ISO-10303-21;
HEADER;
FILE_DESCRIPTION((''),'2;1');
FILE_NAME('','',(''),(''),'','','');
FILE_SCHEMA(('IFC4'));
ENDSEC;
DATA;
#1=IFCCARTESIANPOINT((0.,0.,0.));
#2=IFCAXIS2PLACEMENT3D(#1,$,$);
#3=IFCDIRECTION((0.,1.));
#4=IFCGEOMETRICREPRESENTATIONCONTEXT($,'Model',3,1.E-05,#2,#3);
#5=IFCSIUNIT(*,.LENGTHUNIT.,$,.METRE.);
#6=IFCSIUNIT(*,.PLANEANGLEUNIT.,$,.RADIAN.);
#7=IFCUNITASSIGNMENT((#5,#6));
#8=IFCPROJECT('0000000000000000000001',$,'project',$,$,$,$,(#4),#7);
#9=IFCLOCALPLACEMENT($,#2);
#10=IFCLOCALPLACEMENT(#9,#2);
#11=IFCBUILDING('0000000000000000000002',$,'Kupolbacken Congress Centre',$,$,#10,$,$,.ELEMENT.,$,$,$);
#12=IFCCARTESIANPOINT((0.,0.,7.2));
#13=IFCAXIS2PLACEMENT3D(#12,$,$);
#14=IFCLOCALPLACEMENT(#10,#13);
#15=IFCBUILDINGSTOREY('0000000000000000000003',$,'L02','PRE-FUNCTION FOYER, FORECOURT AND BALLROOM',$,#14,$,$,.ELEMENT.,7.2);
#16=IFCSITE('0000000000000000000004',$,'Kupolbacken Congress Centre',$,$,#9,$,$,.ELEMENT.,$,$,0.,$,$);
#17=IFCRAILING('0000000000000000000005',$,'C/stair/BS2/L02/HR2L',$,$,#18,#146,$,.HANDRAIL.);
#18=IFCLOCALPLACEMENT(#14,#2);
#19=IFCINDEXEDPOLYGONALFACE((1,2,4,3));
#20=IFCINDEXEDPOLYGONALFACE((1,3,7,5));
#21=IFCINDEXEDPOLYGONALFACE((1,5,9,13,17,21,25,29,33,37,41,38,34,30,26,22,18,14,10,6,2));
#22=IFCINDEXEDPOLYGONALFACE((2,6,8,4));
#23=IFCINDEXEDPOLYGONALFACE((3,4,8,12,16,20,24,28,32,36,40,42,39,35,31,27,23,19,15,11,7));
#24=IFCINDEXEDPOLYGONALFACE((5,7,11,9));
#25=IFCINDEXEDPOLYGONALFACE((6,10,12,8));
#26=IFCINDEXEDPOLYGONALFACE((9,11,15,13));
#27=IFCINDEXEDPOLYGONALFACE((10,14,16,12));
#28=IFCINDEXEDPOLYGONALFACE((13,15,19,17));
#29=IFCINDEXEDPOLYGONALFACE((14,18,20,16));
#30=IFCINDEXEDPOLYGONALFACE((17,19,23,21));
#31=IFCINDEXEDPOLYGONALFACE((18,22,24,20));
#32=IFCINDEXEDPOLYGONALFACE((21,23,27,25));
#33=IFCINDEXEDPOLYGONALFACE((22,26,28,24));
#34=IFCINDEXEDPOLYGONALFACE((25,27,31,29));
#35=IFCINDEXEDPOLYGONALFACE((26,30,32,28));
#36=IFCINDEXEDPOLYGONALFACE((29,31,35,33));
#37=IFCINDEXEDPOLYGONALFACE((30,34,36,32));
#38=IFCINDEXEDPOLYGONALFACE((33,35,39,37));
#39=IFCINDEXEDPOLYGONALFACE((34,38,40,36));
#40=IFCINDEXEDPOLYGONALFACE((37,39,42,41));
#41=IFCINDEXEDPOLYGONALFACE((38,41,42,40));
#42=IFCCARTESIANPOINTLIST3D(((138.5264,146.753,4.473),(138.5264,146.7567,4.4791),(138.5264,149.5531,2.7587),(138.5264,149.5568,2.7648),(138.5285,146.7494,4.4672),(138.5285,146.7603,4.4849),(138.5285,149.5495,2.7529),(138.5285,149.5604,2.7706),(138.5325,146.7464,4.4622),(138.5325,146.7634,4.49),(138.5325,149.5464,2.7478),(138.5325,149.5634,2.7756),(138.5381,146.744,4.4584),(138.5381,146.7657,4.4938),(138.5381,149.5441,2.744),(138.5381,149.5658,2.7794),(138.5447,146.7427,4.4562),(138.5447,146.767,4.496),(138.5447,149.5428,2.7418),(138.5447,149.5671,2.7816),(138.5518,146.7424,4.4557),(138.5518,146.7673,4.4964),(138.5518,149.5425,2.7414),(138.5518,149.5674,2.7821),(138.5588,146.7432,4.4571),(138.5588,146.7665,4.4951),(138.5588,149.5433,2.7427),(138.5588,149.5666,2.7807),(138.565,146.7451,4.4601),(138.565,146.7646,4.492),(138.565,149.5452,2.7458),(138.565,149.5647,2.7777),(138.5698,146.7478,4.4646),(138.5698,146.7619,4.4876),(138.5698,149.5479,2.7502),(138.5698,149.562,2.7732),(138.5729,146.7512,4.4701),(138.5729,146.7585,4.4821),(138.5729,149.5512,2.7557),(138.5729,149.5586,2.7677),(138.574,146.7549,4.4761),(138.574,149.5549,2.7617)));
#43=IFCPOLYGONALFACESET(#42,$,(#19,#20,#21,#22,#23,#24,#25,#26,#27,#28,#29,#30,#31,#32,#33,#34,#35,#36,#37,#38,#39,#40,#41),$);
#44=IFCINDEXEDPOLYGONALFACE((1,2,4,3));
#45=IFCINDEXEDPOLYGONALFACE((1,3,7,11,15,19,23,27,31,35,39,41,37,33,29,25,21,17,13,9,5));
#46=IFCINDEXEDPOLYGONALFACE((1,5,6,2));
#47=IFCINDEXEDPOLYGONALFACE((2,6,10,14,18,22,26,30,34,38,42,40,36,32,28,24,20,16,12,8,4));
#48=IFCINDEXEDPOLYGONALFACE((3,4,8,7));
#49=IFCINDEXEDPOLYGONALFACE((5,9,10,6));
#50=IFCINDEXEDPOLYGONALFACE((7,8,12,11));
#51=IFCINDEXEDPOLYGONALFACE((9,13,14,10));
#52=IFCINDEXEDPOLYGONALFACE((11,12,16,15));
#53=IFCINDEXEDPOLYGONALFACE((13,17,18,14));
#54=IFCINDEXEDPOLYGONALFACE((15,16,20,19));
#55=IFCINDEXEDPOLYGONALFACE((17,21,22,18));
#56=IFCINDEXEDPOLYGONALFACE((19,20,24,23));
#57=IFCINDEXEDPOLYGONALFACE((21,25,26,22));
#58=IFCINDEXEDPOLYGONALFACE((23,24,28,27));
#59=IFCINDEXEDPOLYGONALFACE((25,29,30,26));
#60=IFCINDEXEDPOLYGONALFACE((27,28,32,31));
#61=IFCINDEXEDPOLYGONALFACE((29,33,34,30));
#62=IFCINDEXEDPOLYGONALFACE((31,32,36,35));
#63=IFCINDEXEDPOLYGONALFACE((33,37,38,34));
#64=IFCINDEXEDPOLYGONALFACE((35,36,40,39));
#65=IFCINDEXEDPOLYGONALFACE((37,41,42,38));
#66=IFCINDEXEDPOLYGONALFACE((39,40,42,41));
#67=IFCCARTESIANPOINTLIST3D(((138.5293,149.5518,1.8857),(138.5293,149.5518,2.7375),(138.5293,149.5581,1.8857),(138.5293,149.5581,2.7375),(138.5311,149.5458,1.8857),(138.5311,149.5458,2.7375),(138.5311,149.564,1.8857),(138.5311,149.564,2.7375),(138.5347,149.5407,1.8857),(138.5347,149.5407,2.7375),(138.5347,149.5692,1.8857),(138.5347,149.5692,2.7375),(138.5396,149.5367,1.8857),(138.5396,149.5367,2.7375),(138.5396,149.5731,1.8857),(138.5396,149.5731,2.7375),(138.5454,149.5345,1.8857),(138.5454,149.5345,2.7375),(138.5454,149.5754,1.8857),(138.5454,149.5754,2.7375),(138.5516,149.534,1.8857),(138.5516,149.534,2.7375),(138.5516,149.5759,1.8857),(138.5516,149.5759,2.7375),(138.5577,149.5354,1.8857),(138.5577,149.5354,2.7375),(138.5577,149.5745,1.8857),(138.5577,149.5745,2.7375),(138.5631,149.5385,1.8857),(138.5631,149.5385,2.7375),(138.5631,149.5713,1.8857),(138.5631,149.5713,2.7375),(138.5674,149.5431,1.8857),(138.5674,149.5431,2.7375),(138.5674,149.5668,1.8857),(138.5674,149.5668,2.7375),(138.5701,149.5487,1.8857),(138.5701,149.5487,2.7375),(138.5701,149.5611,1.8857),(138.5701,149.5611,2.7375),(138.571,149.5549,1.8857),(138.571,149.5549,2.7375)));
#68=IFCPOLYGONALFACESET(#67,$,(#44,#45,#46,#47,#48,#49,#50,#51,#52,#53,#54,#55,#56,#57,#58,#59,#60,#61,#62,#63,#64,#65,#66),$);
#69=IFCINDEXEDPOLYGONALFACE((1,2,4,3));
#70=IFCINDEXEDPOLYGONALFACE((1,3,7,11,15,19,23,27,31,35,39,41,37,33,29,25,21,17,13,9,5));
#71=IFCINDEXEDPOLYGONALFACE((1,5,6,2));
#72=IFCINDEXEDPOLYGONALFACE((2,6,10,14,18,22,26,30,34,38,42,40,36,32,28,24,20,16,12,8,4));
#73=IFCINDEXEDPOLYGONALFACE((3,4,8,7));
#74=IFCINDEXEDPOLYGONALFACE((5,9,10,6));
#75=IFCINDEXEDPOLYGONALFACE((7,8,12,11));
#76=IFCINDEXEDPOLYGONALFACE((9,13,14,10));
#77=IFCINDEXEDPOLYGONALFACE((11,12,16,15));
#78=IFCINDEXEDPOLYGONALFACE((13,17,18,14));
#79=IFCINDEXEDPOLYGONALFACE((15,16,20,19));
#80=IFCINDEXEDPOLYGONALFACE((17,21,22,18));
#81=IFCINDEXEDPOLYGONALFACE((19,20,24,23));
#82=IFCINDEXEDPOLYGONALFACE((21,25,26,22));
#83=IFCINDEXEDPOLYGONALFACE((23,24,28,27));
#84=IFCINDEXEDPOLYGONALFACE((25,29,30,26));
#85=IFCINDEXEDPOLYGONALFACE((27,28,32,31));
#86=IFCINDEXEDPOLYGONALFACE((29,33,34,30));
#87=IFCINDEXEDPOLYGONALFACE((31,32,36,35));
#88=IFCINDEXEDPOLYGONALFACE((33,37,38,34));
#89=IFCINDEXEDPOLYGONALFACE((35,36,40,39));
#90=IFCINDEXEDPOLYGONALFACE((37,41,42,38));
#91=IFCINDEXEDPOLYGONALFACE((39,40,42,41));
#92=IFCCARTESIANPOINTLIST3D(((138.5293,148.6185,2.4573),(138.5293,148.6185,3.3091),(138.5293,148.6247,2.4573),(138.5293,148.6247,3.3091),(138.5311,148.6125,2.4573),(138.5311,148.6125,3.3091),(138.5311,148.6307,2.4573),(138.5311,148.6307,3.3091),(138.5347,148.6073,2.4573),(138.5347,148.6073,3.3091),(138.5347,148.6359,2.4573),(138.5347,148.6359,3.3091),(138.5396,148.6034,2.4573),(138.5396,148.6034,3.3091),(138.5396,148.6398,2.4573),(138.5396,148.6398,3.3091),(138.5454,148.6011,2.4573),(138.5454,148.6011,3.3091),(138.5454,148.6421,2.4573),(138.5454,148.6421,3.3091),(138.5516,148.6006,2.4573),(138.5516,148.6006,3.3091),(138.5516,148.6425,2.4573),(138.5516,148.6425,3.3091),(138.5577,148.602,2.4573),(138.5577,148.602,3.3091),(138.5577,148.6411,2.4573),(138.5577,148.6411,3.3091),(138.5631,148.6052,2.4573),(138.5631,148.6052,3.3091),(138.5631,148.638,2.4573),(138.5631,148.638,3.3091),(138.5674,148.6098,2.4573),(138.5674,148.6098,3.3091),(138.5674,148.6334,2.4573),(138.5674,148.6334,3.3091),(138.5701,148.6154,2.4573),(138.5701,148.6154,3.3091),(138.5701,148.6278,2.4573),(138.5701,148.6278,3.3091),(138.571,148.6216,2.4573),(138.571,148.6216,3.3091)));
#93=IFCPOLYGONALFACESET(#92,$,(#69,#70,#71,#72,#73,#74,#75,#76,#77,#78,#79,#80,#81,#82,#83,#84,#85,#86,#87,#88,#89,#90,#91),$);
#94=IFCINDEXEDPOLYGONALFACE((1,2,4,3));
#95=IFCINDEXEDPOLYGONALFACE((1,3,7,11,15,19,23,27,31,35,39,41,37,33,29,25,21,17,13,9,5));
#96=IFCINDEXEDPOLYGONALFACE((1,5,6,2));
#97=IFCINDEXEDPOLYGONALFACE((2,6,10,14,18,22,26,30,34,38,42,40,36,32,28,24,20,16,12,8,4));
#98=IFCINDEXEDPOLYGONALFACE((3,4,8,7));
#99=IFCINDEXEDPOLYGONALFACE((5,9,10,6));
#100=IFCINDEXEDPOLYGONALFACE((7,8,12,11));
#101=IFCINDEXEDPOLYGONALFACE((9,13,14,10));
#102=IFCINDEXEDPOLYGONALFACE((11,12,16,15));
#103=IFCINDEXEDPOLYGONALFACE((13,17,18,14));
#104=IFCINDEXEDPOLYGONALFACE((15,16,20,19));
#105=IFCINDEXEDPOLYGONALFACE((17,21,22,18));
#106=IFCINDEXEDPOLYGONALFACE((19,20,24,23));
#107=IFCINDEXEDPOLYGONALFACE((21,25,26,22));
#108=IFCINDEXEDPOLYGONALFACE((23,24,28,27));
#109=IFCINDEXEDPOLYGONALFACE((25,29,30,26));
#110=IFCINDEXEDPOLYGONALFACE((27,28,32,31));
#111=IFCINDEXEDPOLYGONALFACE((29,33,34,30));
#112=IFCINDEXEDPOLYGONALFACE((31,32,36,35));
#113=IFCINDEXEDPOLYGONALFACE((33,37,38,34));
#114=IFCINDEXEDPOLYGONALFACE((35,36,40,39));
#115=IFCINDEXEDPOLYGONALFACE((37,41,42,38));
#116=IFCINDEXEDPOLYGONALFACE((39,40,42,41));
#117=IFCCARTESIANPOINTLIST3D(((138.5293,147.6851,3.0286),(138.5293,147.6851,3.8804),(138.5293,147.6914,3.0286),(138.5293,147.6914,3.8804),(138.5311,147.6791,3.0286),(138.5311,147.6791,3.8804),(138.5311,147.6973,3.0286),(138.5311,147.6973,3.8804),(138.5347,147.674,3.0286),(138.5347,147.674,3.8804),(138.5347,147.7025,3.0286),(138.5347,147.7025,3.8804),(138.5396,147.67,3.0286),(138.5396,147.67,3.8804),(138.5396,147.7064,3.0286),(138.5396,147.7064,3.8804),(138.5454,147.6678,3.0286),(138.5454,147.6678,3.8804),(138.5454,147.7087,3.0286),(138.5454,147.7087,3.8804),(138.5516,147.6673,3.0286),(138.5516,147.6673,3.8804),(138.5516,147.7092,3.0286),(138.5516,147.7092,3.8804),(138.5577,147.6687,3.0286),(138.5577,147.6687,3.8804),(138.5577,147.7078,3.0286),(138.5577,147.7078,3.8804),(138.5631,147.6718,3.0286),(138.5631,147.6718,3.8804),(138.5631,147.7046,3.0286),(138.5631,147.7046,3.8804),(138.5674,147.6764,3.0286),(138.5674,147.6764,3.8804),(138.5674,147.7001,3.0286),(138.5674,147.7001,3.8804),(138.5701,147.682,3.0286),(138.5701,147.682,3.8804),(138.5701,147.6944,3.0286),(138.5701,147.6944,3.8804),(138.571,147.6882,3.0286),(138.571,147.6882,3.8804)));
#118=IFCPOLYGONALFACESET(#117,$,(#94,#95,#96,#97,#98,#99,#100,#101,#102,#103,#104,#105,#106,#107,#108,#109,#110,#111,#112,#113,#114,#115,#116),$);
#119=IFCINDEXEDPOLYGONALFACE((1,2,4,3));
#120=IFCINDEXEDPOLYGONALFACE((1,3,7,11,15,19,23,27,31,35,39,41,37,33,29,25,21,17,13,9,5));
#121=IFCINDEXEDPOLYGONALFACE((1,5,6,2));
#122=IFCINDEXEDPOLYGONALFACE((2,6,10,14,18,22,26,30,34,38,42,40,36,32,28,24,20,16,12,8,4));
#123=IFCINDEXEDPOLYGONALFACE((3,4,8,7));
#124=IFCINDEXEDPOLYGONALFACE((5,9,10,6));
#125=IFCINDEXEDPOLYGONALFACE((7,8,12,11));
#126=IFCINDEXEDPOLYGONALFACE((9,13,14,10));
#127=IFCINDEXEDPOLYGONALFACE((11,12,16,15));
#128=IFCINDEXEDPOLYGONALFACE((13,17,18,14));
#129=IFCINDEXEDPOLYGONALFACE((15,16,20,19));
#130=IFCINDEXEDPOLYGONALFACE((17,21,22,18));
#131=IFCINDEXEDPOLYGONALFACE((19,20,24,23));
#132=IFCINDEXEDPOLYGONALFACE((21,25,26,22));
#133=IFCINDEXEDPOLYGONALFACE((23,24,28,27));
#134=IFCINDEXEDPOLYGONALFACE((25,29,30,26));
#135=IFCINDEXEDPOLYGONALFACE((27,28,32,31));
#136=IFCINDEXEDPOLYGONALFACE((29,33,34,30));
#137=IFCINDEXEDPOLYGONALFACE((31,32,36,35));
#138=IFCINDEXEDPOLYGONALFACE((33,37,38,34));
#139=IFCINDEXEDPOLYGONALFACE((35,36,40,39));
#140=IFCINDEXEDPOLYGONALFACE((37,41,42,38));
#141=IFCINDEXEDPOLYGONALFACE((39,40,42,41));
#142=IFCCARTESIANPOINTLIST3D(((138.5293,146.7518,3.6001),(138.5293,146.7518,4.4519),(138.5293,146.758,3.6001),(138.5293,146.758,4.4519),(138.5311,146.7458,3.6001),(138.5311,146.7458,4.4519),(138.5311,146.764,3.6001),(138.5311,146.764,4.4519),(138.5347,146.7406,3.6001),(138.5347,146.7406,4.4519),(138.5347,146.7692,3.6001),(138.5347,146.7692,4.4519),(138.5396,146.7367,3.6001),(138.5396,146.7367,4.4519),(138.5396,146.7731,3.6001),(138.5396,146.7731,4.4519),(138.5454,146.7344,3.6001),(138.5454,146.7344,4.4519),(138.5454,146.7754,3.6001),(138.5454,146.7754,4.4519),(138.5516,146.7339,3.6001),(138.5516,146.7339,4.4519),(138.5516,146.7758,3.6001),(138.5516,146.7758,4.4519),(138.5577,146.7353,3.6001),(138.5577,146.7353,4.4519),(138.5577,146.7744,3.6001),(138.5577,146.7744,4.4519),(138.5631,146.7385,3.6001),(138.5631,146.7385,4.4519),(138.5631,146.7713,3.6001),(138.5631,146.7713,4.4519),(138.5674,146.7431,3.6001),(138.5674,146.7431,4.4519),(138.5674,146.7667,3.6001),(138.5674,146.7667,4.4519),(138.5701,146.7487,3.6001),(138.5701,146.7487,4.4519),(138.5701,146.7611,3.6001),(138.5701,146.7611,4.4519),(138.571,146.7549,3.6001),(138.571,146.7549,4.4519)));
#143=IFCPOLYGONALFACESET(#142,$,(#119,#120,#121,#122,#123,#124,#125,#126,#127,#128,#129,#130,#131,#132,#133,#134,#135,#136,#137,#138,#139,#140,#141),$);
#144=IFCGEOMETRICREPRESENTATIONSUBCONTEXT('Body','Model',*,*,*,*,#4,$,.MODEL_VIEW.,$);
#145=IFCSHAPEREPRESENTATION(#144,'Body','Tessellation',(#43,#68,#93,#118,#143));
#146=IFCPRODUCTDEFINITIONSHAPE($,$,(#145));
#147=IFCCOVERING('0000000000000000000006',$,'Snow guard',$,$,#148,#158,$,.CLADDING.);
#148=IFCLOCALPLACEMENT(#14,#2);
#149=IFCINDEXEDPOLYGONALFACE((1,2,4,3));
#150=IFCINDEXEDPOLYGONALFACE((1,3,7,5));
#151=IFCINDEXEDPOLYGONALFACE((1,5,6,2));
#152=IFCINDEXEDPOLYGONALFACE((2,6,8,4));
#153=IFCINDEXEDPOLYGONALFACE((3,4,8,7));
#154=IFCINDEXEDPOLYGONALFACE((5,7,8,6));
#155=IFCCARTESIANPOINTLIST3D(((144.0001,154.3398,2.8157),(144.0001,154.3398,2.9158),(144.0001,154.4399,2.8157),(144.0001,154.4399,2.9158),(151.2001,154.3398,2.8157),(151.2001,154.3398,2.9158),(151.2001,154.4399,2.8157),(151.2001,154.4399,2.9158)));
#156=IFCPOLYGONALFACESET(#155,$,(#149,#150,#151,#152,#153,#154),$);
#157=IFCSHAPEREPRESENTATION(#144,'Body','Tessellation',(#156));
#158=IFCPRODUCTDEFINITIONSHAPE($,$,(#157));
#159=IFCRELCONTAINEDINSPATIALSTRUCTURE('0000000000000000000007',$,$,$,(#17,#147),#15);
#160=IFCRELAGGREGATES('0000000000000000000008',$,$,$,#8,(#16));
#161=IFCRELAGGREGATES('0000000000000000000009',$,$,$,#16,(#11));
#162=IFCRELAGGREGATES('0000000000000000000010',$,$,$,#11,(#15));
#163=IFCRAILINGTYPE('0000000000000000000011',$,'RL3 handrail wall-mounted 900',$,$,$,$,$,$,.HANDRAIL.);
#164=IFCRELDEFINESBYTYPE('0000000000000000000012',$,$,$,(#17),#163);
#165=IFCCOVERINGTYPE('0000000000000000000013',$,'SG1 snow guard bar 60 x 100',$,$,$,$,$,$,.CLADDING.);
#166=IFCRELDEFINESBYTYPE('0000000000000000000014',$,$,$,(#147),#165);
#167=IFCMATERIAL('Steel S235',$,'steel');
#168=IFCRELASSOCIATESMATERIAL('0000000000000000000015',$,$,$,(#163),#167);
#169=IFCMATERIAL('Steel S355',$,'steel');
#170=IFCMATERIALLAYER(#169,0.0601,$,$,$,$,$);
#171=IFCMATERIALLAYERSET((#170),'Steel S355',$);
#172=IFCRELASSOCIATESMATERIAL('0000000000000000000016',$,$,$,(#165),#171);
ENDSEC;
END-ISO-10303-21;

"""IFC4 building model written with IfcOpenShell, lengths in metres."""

from ifc_helpers import new_model, si_unit, direction, frame, origin, origin_2d, place, context, subcontext, project, spatial, rectangle, circle, extrude, material, layer, layer_set, type_object, element, save


model = new_model("IFC4")

# Units and contexts
model_context = context("Model", 3, precision=1e-05, world=origin(), true_north=direction((0.0, 1.0)))
body_context = subcontext(model_context, "Body", "Model", "MODEL_VIEW")
ifc_project = project(units=[si_unit("LENGTHUNIT", "METRE"), si_unit("PLANEANGLEUNIT", "RADIAN")], contexts=[model_context])

# Site, building, storey
site_placement = place(None, origin())
site = spatial("IfcSite", under=ifc_project, at=site_placement, Name="Kupolbacken Congress Centre", CompositionType="ELEMENT", RefElevation=0.0)
building_placement = place(site_placement, origin())
building = spatial("IfcBuilding", under=site, at=building_placement, Name="Kupolbacken Congress Centre", CompositionType="ELEMENT")
storey_placement = place(building_placement, frame((0.0, 0.0, 7.2)))
storey = spatial("IfcBuildingStorey", under=building, at=storey_placement, Name="L02", Description="PRE-FUNCTION FOYER, FORECOURT AND BALLROOM", CompositionType="ELEMENT", Elevation=7.2)

# Railing
ifc_material_1 = material(Name="Steel S235", Category="steel")
railing_type = type_object("IfcRailingType", Name="RL3 handrail wall-mounted 900", PredefinedType="HANDRAIL", material=ifc_material_1)
railing_placement = place(storey_placement, frame((138.55, 149.5549, 1.8857)))
element("IfcRailing", 1, at=railing_placement, inside=storey, type_object=railing_type, Name="C/stair/BS2/L02/HR2L", PredefinedType="HANDRAIL", context=body_context, shape_type="SweptSolid", body=[
    extrude(circle(Radius=0.0239, at=origin_2d()), frame((0.0, 0.0, 0.876), z_axis=(0.0, -0.852846, 0.522163), x_axis=(1.0, 0.0, 0.0)), (0.0, 0.0, 1.0), 3.2832),
    extrude(circle(Radius=0.021, at=origin_2d()), origin(), (0.0, 0.0, 1.0), 0.8518),
    extrude(circle(Radius=0.021, at=origin_2d()), frame((0.0, -0.9333, 0.5715)), (0.0, 0.0, 1.0), 0.8518),
    extrude(circle(Radius=0.021, at=origin_2d()), frame((0.0, -1.8667, 1.1428)), (0.0, 0.0, 1.0), 0.8518),
    extrude(circle(Radius=0.021, at=origin_2d()), frame((0.0, -2.8, 1.7144)), (0.0, 0.0, 1.0), 0.8518),
])

# Covering
ifc_material_2 = material(Name="Steel S355", Category="steel")
ifc_layer_1 = layer(ifc_material_2, 0.0601)
ifc_layer_set_1 = layer_set([ifc_layer_1], Name="Steel S355")
covering_type_1 = type_object("IfcCoveringType", Name="SG1 snow guard bar 60 x 100", PredefinedType="CLADDING", material=ifc_layer_set_1)
covering_1_placement = place(storey_placement, frame((147.6001, 154.3899, 2.8157), z_axis=(0.0, 0.0, 1.0), x_axis=(-1.0, 0.0, 0.0)))
element("IfcCovering", 2, at=covering_1_placement, inside=storey, type_object=covering_type_1, Name="Snow guard", PredefinedType="CLADDING", context=body_context, shape_type="SweptSolid", body=[
    extrude(rectangle(XDim=7.2, YDim=0.1001, at=origin_2d()), origin(), (0.0, 0.0, 1.0), 0.1001),
])

save(model, "model.ifc")
